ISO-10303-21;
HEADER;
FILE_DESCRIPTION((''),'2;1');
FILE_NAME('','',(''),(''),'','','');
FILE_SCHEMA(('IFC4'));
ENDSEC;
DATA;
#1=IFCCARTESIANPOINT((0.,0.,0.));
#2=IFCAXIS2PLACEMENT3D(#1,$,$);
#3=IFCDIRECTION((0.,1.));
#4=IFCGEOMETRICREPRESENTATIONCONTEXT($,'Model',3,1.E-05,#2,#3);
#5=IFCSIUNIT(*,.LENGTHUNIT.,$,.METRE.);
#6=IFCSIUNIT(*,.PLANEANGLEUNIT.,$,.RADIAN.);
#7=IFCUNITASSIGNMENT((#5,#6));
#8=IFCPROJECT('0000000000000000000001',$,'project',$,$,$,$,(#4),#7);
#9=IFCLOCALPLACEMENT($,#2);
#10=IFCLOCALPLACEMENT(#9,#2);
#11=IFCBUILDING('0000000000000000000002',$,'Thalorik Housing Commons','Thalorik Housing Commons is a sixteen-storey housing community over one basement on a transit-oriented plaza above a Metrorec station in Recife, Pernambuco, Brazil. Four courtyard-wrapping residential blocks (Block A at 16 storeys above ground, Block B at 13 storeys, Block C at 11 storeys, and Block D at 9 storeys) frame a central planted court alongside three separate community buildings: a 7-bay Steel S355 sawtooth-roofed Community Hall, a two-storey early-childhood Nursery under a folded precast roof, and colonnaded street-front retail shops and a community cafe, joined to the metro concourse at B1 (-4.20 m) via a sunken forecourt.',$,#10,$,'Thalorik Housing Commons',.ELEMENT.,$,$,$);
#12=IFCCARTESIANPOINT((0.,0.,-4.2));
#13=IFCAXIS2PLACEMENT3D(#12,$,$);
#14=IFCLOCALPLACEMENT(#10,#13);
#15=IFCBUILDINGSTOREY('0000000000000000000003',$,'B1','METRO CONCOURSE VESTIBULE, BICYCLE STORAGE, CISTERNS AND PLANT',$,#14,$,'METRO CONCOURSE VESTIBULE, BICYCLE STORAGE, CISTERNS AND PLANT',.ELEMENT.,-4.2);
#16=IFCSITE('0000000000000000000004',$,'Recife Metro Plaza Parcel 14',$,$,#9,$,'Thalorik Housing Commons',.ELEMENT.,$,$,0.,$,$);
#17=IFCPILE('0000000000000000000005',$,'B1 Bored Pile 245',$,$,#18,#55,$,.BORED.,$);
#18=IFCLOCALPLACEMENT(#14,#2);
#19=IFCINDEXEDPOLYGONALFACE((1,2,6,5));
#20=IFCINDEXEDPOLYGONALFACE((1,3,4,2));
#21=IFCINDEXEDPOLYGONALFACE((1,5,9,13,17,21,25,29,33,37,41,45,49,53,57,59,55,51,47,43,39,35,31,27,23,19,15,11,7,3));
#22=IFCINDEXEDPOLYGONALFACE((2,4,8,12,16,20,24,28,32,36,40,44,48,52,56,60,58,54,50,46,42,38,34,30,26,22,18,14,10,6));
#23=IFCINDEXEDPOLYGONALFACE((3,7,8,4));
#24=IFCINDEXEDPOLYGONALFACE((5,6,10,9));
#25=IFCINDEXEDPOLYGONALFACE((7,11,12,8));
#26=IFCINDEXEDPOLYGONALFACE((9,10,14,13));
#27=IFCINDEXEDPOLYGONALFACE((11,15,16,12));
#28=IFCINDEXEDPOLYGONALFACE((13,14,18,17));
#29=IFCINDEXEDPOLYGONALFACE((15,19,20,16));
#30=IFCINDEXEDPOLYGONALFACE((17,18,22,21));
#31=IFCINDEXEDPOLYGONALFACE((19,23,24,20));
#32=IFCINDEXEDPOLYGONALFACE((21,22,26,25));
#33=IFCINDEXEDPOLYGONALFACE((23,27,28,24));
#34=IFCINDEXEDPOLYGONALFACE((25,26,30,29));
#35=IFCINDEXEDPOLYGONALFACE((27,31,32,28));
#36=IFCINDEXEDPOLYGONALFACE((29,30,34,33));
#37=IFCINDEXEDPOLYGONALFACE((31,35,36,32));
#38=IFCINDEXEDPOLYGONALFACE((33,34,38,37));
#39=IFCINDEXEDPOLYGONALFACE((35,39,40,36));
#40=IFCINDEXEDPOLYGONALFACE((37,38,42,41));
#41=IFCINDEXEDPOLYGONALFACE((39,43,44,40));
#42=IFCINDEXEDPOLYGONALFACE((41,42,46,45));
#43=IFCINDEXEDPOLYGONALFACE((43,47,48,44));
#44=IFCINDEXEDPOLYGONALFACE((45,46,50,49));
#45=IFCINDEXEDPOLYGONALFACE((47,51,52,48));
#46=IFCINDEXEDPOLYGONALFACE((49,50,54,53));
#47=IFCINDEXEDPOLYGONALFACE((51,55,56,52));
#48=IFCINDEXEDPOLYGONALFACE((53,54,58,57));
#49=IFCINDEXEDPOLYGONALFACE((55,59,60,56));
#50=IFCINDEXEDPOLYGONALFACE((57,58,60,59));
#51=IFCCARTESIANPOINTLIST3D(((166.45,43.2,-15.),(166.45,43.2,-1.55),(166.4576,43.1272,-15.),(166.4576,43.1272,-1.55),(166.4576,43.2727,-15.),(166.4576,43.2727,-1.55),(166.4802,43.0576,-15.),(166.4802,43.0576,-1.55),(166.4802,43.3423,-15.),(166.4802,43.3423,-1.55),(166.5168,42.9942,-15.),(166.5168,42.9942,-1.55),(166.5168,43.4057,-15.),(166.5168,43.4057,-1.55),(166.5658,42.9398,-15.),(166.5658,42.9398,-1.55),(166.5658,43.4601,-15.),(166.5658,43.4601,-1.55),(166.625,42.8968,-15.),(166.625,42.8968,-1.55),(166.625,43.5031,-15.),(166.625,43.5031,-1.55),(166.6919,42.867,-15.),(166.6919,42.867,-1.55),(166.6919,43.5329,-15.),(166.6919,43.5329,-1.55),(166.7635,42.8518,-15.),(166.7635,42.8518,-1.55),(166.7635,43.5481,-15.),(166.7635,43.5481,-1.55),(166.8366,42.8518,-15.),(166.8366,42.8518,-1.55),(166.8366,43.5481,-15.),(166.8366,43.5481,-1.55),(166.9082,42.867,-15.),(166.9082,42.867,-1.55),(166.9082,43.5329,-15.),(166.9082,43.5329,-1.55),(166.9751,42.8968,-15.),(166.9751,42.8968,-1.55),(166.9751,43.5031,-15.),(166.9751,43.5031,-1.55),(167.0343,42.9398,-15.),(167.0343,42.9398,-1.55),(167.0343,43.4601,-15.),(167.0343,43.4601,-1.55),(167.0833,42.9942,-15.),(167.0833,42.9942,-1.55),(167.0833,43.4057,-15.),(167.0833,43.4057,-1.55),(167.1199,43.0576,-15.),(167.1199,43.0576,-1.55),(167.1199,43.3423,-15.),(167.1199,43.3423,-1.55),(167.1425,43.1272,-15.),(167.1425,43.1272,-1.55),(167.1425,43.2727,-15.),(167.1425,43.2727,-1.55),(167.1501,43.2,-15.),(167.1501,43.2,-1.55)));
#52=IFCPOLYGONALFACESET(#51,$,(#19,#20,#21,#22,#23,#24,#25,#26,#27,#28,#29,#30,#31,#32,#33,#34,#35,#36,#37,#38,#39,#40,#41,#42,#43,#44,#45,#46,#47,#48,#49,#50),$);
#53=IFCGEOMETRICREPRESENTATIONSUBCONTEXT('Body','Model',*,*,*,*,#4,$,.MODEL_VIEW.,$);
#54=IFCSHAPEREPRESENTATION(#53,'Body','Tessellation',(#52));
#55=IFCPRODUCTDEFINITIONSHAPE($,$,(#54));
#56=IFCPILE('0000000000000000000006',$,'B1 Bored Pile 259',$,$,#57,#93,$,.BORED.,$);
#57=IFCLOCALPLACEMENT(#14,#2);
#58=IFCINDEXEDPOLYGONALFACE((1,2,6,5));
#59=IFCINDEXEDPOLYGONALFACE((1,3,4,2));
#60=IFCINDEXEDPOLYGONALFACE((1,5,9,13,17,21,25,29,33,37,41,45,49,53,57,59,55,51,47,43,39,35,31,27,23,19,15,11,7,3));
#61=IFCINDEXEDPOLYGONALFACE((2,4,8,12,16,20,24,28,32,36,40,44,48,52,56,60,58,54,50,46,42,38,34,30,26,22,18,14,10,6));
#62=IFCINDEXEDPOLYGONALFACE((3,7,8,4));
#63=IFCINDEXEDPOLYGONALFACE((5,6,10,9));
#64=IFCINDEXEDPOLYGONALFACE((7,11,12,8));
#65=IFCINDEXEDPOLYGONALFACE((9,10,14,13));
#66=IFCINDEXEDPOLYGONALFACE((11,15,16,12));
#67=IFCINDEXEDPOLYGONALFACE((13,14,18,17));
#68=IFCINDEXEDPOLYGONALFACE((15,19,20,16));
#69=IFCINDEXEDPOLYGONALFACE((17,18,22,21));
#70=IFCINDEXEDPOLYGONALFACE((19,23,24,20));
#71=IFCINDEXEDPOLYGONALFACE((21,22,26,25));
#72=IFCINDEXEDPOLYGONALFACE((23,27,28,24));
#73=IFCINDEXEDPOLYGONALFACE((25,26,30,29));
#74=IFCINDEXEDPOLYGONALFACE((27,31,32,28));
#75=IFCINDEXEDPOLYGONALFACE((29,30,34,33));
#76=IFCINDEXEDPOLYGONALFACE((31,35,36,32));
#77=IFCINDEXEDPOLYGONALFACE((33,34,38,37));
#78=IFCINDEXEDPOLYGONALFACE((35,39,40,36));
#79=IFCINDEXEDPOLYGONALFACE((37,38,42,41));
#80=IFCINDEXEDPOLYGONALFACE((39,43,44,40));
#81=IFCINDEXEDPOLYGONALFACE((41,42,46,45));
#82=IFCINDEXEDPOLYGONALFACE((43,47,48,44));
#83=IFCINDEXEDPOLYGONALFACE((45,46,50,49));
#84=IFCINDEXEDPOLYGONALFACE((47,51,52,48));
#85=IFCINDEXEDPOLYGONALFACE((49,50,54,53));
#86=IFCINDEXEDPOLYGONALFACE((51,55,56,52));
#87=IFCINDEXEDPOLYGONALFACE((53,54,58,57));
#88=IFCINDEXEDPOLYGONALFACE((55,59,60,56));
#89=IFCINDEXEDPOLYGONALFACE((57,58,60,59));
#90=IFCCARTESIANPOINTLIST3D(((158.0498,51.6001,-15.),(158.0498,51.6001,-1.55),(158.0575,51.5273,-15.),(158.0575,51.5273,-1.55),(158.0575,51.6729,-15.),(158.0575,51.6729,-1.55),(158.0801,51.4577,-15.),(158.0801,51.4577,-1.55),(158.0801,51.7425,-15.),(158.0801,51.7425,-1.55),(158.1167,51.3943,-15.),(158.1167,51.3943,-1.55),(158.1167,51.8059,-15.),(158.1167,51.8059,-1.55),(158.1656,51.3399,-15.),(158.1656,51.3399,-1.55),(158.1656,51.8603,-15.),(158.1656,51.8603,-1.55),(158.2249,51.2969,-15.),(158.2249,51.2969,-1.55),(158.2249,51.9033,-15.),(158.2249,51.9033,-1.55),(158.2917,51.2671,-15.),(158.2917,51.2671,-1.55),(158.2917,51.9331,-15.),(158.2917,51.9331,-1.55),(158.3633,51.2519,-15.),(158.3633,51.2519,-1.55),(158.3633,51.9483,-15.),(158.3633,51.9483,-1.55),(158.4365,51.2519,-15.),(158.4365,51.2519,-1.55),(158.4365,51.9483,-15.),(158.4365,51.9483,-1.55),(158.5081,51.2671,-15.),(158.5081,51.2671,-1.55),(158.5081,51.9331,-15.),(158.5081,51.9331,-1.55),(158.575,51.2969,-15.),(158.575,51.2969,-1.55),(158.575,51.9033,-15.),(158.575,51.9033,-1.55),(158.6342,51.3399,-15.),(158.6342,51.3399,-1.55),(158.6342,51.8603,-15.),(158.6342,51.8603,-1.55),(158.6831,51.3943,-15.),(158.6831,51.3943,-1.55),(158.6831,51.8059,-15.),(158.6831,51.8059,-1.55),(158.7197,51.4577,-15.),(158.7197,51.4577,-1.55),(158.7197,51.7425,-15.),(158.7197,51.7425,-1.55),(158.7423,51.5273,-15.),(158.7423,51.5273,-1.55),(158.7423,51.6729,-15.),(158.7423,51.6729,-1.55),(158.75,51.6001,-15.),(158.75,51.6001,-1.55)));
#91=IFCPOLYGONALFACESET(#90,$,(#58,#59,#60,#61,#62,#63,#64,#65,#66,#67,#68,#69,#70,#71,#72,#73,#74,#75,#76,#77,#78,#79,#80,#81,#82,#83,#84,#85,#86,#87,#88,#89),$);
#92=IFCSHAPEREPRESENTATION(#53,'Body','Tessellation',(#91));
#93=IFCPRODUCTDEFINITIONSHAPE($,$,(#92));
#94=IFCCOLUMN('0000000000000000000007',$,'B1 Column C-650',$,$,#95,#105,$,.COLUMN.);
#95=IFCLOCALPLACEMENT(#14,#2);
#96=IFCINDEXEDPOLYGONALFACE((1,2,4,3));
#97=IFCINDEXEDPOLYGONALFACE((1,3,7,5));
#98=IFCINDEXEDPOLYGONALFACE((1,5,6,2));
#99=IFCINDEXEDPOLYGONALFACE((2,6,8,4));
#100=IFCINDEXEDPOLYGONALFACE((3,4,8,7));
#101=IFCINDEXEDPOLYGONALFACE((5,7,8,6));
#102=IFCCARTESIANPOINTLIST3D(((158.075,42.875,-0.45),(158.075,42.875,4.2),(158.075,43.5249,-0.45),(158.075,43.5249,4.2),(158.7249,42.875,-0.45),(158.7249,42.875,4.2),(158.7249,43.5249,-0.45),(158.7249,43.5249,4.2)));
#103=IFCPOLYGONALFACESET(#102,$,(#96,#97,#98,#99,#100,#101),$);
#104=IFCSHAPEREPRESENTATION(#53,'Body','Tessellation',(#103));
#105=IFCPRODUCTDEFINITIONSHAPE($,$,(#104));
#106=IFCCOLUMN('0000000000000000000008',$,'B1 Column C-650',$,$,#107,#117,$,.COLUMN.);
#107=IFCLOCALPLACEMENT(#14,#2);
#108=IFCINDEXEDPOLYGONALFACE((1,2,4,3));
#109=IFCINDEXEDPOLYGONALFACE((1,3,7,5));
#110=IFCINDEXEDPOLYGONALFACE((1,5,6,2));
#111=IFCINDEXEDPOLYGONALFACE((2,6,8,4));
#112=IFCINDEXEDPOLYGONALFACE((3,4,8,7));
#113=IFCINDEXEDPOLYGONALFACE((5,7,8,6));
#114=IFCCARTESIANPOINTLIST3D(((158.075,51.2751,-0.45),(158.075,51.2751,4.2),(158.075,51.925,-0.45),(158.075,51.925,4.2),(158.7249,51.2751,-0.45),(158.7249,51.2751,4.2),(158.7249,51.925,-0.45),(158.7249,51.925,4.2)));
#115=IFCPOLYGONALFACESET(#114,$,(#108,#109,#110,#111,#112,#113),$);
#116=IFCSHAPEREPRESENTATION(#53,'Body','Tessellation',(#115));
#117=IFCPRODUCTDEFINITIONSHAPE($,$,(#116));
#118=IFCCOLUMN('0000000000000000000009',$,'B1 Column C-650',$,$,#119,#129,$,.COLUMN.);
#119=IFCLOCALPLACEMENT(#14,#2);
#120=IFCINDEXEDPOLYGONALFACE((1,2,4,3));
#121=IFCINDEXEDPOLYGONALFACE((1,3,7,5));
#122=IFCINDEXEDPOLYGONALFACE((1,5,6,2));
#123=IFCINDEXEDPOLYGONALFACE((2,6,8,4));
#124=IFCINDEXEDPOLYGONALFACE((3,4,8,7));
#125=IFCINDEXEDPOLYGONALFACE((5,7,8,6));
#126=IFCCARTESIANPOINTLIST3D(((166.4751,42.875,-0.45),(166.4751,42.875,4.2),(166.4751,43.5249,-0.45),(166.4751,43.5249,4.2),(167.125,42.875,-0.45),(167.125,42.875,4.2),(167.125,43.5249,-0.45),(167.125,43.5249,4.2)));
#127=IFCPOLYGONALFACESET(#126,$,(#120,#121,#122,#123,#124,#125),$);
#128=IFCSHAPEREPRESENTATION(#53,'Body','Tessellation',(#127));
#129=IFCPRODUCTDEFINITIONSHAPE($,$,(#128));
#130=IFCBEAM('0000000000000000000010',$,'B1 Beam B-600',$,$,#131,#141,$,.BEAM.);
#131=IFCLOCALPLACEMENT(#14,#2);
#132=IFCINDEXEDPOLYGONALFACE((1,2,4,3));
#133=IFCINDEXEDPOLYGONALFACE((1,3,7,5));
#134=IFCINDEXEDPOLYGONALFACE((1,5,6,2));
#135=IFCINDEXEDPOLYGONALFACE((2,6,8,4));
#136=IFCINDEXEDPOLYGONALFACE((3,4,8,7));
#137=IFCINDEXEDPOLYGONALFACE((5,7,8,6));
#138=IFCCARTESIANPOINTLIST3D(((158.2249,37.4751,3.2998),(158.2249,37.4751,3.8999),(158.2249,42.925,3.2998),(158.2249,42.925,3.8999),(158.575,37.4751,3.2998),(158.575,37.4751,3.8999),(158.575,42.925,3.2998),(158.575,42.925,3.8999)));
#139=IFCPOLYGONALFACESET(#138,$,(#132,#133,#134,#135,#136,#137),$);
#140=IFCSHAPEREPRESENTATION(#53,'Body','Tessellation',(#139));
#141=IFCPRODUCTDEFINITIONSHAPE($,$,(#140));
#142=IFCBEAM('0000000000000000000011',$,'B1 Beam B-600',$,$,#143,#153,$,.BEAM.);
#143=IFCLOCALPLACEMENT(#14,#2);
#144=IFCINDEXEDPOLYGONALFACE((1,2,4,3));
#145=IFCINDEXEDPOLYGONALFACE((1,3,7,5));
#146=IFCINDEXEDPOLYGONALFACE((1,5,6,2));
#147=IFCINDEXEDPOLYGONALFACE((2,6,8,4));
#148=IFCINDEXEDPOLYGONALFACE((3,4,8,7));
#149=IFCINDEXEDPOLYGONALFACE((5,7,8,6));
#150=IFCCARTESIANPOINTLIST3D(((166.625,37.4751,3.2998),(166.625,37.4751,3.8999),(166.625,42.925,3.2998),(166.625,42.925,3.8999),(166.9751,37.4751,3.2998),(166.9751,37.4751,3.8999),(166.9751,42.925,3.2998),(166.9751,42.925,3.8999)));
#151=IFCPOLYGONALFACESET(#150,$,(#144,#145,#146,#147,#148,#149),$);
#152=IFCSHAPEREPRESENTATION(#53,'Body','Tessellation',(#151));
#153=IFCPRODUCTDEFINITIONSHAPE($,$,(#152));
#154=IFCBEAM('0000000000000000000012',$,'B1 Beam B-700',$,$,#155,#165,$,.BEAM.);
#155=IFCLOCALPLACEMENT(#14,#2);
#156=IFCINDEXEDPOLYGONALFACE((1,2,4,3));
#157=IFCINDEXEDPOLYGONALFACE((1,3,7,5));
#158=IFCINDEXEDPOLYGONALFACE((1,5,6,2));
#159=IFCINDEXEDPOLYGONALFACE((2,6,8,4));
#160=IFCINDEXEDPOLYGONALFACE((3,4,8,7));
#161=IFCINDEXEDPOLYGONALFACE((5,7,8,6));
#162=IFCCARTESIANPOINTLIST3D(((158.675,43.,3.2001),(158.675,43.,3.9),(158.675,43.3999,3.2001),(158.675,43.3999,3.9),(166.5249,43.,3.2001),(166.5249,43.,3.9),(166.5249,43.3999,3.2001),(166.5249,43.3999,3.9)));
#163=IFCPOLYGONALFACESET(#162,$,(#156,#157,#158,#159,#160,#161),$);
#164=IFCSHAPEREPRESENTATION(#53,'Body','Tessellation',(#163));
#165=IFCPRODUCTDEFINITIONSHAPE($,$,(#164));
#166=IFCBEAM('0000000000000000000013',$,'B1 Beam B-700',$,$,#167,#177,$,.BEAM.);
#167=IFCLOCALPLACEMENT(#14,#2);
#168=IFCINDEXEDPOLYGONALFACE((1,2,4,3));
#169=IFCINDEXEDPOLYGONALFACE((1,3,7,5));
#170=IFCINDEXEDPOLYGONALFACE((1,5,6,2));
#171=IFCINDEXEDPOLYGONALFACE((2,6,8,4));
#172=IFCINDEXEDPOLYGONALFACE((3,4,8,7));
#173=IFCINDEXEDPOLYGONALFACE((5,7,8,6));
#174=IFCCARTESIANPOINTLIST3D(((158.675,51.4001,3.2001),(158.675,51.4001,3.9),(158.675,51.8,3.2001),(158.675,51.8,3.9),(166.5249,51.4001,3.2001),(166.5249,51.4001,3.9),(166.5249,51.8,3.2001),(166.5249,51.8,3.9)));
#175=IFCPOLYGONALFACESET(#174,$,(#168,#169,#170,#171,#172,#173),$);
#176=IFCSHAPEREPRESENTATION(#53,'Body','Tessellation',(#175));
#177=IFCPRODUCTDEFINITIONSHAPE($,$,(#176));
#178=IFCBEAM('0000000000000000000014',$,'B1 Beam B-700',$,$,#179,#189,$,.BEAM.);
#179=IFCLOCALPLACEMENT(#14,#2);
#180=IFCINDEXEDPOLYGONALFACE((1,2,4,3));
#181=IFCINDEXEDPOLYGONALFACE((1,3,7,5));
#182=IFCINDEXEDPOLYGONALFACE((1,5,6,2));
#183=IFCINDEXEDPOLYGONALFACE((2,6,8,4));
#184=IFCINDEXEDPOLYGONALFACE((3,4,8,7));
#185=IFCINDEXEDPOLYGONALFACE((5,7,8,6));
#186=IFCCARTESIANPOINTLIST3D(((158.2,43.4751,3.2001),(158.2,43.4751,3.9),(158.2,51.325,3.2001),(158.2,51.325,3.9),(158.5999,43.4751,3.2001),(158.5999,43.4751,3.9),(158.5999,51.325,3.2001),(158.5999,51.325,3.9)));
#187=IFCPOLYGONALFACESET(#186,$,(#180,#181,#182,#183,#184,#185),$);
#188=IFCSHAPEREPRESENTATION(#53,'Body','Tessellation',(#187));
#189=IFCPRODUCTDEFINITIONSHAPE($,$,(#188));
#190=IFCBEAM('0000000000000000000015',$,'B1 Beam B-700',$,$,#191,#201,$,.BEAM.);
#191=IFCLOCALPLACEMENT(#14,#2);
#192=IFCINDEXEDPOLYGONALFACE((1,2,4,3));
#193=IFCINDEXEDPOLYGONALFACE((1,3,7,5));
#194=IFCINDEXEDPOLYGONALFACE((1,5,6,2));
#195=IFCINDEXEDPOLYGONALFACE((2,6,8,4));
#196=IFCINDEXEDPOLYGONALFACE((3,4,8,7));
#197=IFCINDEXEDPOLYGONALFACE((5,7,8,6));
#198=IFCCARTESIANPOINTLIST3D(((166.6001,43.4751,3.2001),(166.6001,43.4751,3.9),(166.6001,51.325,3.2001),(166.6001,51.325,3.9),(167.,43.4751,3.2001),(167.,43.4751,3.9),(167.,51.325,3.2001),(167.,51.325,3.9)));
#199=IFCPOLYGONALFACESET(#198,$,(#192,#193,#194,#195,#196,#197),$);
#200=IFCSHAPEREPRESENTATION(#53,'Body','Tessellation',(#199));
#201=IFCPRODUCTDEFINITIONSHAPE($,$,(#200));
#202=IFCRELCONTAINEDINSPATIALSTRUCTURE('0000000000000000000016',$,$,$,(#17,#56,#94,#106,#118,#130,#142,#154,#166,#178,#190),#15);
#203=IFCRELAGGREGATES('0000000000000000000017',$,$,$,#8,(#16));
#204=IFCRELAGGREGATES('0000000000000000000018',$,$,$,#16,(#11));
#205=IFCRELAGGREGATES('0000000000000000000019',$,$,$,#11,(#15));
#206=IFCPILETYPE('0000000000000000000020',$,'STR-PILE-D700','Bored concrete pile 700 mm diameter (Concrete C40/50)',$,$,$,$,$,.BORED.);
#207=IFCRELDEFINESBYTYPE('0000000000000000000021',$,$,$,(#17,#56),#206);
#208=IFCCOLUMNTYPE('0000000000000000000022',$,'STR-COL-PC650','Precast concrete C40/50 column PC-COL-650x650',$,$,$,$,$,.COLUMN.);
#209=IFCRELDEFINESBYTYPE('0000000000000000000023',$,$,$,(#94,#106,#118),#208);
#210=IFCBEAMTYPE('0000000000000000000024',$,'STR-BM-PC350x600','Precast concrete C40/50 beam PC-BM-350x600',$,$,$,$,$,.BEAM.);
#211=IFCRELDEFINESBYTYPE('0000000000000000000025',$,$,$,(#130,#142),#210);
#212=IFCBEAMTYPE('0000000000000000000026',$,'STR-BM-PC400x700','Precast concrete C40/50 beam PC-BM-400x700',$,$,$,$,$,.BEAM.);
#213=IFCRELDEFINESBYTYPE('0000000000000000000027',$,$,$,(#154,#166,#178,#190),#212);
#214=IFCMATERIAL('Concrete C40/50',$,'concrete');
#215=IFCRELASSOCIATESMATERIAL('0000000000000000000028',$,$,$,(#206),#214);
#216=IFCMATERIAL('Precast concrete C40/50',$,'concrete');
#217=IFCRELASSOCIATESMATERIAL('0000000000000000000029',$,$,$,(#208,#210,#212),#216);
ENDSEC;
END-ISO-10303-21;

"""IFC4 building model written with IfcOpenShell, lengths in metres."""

from ifc_helpers import new_model, si_unit, direction, frame, origin, origin_2d, place, context, subcontext, project, spatial, rectangle, circle, extrude, material, material_profile, profile_set, type_object, element, save


model = new_model("IFC4")

# Units and contexts
model_context = context("Model", 3, precision=1e-05, world=origin(), true_north=direction((0.0, 1.0)))
body_context = subcontext(model_context, "Body", "Model", "MODEL_VIEW")
ifc_project = project(units=[si_unit("LENGTHUNIT", "METRE"), si_unit("PLANEANGLEUNIT", "RADIAN")], contexts=[model_context])

# Site, building, storey
site_placement = place(None, origin())
site = spatial("IfcSite", under=ifc_project, at=site_placement, Name="Recife Metro Plaza Parcel 14", LongName="Thalorik Housing Commons", CompositionType="ELEMENT", RefElevation=0.0)
building_placement = place(site_placement, origin())
building = spatial("IfcBuilding", under=site, at=building_placement, Name="Thalorik Housing Commons", Description="Thalorik Housing Commons is a sixteen-storey housing community over one basement on a transit-oriented plaza above a Metrorec station in Recife, Pernambuco, Brazil. Four courtyard-wrapping residential blocks (Block A at 16 storeys above ground, Block B at 13 storeys, Block C at 11 storeys, and Block D at 9 storeys) frame a central planted court alongside three separate community buildings: a 7-bay Steel S355 sawtooth-roofed Community Hall, a two-storey early-childhood Nursery under a folded precast roof, and colonnaded street-front retail shops and a community cafe, joined to the metro concourse at B1 (-4.20 m) via a sunken forecourt.", LongName="Thalorik Housing Commons", CompositionType="ELEMENT")
storey_placement = place(building_placement, frame((0.0, 0.0, -4.2)))
storey = spatial("IfcBuildingStorey", under=building, at=storey_placement, Name="B1", Description="METRO CONCOURSE VESTIBULE, BICYCLE STORAGE, CISTERNS AND PLANT", LongName="METRO CONCOURSE VESTIBULE, BICYCLE STORAGE, CISTERNS AND PLANT", CompositionType="ELEMENT", Elevation=-4.2)

# Shared definitions
ifc_material_1 = material(Name="Concrete C40/50", Category="concrete")

# Piles
ifc_material_profile_1 = material_profile(ifc_material_1, circle(Radius=0.3501, at=origin_2d()), Name="BORED PILE D700", Category="concrete")
ifc_profile_set_1 = profile_set([ifc_material_profile_1], Name="Concrete C40/50")
pile_type = type_object("IfcPileType", Name="STR-PILE-D700", Description="Bored concrete pile 700 mm diameter (Concrete C40/50)", PredefinedType="BORED", material=ifc_profile_set_1)
for number, where, z_axis, x_axis, name in (
    (1, (166.8, 43.2, -1.55), (0.0, 0.0, -1.0), (1.0, 0.0, 0.0), "B1 Bored Pile 245"),
    (2, (158.3999, 51.6001, -1.55), (0.0, 0.0, -1.0), (1.0, 0.0, 0.0), "B1 Bored Pile 259"),
):
    element("IfcPile", number, at=place(storey_placement, frame(where, z_axis=z_axis, x_axis=x_axis)), inside=storey, type_object=pile_type, Name=name, PredefinedType="BORED", context=body_context, shape_type="SweptSolid", body=[
        extrude(circle(Radius=0.3501, at=origin_2d()), origin(), (0.0, 0.0, 1.0), 13.45),
    ])

# Columns
ifc_material_2 = material(Name="Precast concrete C40/50", Category="concrete")
ifc_material_profile_2 = material_profile(ifc_material_2, rectangle(XDim=0.6499, YDim=0.6499, at=origin_2d()), Name="PC 650x650", Category="concrete")
ifc_profile_set_2 = profile_set([ifc_material_profile_2], Name="Precast concrete C40/50")
column_type = type_object("IfcColumnType", Name="STR-COL-PC650", Description="Precast concrete C40/50 column PC-COL-650x650", PredefinedType="COLUMN", material=ifc_profile_set_2)
for number, where, z_axis, x_axis, name in (
    (3, (158.3999, 43.2, -0.45), (0.0, 0.0, 1.0), (1.0, 0.0, 0.0), "B1 Column C-650"),
    (4, (158.3999, 51.6001, -0.45), (0.0, 0.0, 1.0), (1.0, 0.0, 0.0), "B1 Column C-650"),
    (5, (166.8, 43.2, -0.45), (0.0, 0.0, 1.0), (1.0, 0.0, 0.0), "B1 Column C-650"),
):
    element("IfcColumn", number, at=place(storey_placement, frame(where, z_axis=z_axis, x_axis=x_axis)), inside=storey, type_object=column_type, Name=name, PredefinedType="COLUMN", context=body_context, shape_type="SweptSolid", body=[
        extrude(rectangle(XDim=0.6499, YDim=0.6499, at=origin_2d()), origin(), (0.0, 0.0, 1.0), 4.6499),
    ])

# Beams
ifc_material_profile_3 = material_profile(ifc_material_2, rectangle(XDim=0.3501, YDim=0.6001, at=origin_2d()), Name="PC 350x600", Category="concrete")
ifc_profile_set_3 = profile_set([ifc_material_profile_3], Name="Precast concrete C40/50")
beam_type_1 = type_object("IfcBeamType", Name="STR-BM-PC350x600", Description="Precast concrete C40/50 beam PC-BM-350x600", PredefinedType="BEAM", material=ifc_profile_set_3)
for number, where, z_axis, x_axis, name in (
    (6, (158.3999, 37.4751, 3.5999), (0.0, 1.0, 0.0), (-1.0, 0.0, 0.0), "B1 Beam B-600"),
    (7, (166.8, 37.4751, 3.5999), (0.0, 1.0, 0.0), (-1.0, 0.0, 0.0), "B1 Beam B-600"),
):
    element("IfcBeam", number, at=place(storey_placement, frame(where, z_axis=z_axis, x_axis=x_axis)), inside=storey, type_object=beam_type_1, Name=name, PredefinedType="BEAM", context=body_context, shape_type="SweptSolid", body=[
        extrude(rectangle(XDim=0.3501, YDim=0.6001, at=origin_2d()), origin(), (0.0, 0.0, 1.0), 5.45),
    ])
ifc_material_profile_4 = material_profile(ifc_material_2, rectangle(XDim=0.3999, YDim=0.7, at=origin_2d()), Name="PC 400x700", Category="concrete")
ifc_profile_set_4 = profile_set([ifc_material_profile_4], Name="Precast concrete C40/50")
beam_type_2 = type_object("IfcBeamType", Name="STR-BM-PC400x700", Description="Precast concrete C40/50 beam PC-BM-400x700", PredefinedType="BEAM", material=ifc_profile_set_4)
for number, where, z_axis, x_axis, name in (
    (8, (158.675, 43.2, 3.55), (1.0, 0.0, 0.0), (0.0, 1.0, 0.0), "B1 Beam B-700"),
    (9, (158.675, 51.6001, 3.55), (1.0, 0.0, 0.0), (0.0, 1.0, 0.0), "B1 Beam B-700"),
    (10, (158.3999, 43.4751, 3.55), (0.0, 1.0, 0.0), (-1.0, 0.0, 0.0), "B1 Beam B-700"),
    (11, (166.8, 43.4751, 3.55), (0.0, 1.0, 0.0), (-1.0, 0.0, 0.0), "B1 Beam B-700"),
):
    element("IfcBeam", number, at=place(storey_placement, frame(where, z_axis=z_axis, x_axis=x_axis)), inside=storey, type_object=beam_type_2, Name=name, PredefinedType="BEAM", context=body_context, shape_type="SweptSolid", body=[
        extrude(rectangle(XDim=0.3999, YDim=0.7, at=origin_2d()), origin(), (0.0, 0.0, 1.0), 7.8499),
    ])

save(model, "model.ifc")
